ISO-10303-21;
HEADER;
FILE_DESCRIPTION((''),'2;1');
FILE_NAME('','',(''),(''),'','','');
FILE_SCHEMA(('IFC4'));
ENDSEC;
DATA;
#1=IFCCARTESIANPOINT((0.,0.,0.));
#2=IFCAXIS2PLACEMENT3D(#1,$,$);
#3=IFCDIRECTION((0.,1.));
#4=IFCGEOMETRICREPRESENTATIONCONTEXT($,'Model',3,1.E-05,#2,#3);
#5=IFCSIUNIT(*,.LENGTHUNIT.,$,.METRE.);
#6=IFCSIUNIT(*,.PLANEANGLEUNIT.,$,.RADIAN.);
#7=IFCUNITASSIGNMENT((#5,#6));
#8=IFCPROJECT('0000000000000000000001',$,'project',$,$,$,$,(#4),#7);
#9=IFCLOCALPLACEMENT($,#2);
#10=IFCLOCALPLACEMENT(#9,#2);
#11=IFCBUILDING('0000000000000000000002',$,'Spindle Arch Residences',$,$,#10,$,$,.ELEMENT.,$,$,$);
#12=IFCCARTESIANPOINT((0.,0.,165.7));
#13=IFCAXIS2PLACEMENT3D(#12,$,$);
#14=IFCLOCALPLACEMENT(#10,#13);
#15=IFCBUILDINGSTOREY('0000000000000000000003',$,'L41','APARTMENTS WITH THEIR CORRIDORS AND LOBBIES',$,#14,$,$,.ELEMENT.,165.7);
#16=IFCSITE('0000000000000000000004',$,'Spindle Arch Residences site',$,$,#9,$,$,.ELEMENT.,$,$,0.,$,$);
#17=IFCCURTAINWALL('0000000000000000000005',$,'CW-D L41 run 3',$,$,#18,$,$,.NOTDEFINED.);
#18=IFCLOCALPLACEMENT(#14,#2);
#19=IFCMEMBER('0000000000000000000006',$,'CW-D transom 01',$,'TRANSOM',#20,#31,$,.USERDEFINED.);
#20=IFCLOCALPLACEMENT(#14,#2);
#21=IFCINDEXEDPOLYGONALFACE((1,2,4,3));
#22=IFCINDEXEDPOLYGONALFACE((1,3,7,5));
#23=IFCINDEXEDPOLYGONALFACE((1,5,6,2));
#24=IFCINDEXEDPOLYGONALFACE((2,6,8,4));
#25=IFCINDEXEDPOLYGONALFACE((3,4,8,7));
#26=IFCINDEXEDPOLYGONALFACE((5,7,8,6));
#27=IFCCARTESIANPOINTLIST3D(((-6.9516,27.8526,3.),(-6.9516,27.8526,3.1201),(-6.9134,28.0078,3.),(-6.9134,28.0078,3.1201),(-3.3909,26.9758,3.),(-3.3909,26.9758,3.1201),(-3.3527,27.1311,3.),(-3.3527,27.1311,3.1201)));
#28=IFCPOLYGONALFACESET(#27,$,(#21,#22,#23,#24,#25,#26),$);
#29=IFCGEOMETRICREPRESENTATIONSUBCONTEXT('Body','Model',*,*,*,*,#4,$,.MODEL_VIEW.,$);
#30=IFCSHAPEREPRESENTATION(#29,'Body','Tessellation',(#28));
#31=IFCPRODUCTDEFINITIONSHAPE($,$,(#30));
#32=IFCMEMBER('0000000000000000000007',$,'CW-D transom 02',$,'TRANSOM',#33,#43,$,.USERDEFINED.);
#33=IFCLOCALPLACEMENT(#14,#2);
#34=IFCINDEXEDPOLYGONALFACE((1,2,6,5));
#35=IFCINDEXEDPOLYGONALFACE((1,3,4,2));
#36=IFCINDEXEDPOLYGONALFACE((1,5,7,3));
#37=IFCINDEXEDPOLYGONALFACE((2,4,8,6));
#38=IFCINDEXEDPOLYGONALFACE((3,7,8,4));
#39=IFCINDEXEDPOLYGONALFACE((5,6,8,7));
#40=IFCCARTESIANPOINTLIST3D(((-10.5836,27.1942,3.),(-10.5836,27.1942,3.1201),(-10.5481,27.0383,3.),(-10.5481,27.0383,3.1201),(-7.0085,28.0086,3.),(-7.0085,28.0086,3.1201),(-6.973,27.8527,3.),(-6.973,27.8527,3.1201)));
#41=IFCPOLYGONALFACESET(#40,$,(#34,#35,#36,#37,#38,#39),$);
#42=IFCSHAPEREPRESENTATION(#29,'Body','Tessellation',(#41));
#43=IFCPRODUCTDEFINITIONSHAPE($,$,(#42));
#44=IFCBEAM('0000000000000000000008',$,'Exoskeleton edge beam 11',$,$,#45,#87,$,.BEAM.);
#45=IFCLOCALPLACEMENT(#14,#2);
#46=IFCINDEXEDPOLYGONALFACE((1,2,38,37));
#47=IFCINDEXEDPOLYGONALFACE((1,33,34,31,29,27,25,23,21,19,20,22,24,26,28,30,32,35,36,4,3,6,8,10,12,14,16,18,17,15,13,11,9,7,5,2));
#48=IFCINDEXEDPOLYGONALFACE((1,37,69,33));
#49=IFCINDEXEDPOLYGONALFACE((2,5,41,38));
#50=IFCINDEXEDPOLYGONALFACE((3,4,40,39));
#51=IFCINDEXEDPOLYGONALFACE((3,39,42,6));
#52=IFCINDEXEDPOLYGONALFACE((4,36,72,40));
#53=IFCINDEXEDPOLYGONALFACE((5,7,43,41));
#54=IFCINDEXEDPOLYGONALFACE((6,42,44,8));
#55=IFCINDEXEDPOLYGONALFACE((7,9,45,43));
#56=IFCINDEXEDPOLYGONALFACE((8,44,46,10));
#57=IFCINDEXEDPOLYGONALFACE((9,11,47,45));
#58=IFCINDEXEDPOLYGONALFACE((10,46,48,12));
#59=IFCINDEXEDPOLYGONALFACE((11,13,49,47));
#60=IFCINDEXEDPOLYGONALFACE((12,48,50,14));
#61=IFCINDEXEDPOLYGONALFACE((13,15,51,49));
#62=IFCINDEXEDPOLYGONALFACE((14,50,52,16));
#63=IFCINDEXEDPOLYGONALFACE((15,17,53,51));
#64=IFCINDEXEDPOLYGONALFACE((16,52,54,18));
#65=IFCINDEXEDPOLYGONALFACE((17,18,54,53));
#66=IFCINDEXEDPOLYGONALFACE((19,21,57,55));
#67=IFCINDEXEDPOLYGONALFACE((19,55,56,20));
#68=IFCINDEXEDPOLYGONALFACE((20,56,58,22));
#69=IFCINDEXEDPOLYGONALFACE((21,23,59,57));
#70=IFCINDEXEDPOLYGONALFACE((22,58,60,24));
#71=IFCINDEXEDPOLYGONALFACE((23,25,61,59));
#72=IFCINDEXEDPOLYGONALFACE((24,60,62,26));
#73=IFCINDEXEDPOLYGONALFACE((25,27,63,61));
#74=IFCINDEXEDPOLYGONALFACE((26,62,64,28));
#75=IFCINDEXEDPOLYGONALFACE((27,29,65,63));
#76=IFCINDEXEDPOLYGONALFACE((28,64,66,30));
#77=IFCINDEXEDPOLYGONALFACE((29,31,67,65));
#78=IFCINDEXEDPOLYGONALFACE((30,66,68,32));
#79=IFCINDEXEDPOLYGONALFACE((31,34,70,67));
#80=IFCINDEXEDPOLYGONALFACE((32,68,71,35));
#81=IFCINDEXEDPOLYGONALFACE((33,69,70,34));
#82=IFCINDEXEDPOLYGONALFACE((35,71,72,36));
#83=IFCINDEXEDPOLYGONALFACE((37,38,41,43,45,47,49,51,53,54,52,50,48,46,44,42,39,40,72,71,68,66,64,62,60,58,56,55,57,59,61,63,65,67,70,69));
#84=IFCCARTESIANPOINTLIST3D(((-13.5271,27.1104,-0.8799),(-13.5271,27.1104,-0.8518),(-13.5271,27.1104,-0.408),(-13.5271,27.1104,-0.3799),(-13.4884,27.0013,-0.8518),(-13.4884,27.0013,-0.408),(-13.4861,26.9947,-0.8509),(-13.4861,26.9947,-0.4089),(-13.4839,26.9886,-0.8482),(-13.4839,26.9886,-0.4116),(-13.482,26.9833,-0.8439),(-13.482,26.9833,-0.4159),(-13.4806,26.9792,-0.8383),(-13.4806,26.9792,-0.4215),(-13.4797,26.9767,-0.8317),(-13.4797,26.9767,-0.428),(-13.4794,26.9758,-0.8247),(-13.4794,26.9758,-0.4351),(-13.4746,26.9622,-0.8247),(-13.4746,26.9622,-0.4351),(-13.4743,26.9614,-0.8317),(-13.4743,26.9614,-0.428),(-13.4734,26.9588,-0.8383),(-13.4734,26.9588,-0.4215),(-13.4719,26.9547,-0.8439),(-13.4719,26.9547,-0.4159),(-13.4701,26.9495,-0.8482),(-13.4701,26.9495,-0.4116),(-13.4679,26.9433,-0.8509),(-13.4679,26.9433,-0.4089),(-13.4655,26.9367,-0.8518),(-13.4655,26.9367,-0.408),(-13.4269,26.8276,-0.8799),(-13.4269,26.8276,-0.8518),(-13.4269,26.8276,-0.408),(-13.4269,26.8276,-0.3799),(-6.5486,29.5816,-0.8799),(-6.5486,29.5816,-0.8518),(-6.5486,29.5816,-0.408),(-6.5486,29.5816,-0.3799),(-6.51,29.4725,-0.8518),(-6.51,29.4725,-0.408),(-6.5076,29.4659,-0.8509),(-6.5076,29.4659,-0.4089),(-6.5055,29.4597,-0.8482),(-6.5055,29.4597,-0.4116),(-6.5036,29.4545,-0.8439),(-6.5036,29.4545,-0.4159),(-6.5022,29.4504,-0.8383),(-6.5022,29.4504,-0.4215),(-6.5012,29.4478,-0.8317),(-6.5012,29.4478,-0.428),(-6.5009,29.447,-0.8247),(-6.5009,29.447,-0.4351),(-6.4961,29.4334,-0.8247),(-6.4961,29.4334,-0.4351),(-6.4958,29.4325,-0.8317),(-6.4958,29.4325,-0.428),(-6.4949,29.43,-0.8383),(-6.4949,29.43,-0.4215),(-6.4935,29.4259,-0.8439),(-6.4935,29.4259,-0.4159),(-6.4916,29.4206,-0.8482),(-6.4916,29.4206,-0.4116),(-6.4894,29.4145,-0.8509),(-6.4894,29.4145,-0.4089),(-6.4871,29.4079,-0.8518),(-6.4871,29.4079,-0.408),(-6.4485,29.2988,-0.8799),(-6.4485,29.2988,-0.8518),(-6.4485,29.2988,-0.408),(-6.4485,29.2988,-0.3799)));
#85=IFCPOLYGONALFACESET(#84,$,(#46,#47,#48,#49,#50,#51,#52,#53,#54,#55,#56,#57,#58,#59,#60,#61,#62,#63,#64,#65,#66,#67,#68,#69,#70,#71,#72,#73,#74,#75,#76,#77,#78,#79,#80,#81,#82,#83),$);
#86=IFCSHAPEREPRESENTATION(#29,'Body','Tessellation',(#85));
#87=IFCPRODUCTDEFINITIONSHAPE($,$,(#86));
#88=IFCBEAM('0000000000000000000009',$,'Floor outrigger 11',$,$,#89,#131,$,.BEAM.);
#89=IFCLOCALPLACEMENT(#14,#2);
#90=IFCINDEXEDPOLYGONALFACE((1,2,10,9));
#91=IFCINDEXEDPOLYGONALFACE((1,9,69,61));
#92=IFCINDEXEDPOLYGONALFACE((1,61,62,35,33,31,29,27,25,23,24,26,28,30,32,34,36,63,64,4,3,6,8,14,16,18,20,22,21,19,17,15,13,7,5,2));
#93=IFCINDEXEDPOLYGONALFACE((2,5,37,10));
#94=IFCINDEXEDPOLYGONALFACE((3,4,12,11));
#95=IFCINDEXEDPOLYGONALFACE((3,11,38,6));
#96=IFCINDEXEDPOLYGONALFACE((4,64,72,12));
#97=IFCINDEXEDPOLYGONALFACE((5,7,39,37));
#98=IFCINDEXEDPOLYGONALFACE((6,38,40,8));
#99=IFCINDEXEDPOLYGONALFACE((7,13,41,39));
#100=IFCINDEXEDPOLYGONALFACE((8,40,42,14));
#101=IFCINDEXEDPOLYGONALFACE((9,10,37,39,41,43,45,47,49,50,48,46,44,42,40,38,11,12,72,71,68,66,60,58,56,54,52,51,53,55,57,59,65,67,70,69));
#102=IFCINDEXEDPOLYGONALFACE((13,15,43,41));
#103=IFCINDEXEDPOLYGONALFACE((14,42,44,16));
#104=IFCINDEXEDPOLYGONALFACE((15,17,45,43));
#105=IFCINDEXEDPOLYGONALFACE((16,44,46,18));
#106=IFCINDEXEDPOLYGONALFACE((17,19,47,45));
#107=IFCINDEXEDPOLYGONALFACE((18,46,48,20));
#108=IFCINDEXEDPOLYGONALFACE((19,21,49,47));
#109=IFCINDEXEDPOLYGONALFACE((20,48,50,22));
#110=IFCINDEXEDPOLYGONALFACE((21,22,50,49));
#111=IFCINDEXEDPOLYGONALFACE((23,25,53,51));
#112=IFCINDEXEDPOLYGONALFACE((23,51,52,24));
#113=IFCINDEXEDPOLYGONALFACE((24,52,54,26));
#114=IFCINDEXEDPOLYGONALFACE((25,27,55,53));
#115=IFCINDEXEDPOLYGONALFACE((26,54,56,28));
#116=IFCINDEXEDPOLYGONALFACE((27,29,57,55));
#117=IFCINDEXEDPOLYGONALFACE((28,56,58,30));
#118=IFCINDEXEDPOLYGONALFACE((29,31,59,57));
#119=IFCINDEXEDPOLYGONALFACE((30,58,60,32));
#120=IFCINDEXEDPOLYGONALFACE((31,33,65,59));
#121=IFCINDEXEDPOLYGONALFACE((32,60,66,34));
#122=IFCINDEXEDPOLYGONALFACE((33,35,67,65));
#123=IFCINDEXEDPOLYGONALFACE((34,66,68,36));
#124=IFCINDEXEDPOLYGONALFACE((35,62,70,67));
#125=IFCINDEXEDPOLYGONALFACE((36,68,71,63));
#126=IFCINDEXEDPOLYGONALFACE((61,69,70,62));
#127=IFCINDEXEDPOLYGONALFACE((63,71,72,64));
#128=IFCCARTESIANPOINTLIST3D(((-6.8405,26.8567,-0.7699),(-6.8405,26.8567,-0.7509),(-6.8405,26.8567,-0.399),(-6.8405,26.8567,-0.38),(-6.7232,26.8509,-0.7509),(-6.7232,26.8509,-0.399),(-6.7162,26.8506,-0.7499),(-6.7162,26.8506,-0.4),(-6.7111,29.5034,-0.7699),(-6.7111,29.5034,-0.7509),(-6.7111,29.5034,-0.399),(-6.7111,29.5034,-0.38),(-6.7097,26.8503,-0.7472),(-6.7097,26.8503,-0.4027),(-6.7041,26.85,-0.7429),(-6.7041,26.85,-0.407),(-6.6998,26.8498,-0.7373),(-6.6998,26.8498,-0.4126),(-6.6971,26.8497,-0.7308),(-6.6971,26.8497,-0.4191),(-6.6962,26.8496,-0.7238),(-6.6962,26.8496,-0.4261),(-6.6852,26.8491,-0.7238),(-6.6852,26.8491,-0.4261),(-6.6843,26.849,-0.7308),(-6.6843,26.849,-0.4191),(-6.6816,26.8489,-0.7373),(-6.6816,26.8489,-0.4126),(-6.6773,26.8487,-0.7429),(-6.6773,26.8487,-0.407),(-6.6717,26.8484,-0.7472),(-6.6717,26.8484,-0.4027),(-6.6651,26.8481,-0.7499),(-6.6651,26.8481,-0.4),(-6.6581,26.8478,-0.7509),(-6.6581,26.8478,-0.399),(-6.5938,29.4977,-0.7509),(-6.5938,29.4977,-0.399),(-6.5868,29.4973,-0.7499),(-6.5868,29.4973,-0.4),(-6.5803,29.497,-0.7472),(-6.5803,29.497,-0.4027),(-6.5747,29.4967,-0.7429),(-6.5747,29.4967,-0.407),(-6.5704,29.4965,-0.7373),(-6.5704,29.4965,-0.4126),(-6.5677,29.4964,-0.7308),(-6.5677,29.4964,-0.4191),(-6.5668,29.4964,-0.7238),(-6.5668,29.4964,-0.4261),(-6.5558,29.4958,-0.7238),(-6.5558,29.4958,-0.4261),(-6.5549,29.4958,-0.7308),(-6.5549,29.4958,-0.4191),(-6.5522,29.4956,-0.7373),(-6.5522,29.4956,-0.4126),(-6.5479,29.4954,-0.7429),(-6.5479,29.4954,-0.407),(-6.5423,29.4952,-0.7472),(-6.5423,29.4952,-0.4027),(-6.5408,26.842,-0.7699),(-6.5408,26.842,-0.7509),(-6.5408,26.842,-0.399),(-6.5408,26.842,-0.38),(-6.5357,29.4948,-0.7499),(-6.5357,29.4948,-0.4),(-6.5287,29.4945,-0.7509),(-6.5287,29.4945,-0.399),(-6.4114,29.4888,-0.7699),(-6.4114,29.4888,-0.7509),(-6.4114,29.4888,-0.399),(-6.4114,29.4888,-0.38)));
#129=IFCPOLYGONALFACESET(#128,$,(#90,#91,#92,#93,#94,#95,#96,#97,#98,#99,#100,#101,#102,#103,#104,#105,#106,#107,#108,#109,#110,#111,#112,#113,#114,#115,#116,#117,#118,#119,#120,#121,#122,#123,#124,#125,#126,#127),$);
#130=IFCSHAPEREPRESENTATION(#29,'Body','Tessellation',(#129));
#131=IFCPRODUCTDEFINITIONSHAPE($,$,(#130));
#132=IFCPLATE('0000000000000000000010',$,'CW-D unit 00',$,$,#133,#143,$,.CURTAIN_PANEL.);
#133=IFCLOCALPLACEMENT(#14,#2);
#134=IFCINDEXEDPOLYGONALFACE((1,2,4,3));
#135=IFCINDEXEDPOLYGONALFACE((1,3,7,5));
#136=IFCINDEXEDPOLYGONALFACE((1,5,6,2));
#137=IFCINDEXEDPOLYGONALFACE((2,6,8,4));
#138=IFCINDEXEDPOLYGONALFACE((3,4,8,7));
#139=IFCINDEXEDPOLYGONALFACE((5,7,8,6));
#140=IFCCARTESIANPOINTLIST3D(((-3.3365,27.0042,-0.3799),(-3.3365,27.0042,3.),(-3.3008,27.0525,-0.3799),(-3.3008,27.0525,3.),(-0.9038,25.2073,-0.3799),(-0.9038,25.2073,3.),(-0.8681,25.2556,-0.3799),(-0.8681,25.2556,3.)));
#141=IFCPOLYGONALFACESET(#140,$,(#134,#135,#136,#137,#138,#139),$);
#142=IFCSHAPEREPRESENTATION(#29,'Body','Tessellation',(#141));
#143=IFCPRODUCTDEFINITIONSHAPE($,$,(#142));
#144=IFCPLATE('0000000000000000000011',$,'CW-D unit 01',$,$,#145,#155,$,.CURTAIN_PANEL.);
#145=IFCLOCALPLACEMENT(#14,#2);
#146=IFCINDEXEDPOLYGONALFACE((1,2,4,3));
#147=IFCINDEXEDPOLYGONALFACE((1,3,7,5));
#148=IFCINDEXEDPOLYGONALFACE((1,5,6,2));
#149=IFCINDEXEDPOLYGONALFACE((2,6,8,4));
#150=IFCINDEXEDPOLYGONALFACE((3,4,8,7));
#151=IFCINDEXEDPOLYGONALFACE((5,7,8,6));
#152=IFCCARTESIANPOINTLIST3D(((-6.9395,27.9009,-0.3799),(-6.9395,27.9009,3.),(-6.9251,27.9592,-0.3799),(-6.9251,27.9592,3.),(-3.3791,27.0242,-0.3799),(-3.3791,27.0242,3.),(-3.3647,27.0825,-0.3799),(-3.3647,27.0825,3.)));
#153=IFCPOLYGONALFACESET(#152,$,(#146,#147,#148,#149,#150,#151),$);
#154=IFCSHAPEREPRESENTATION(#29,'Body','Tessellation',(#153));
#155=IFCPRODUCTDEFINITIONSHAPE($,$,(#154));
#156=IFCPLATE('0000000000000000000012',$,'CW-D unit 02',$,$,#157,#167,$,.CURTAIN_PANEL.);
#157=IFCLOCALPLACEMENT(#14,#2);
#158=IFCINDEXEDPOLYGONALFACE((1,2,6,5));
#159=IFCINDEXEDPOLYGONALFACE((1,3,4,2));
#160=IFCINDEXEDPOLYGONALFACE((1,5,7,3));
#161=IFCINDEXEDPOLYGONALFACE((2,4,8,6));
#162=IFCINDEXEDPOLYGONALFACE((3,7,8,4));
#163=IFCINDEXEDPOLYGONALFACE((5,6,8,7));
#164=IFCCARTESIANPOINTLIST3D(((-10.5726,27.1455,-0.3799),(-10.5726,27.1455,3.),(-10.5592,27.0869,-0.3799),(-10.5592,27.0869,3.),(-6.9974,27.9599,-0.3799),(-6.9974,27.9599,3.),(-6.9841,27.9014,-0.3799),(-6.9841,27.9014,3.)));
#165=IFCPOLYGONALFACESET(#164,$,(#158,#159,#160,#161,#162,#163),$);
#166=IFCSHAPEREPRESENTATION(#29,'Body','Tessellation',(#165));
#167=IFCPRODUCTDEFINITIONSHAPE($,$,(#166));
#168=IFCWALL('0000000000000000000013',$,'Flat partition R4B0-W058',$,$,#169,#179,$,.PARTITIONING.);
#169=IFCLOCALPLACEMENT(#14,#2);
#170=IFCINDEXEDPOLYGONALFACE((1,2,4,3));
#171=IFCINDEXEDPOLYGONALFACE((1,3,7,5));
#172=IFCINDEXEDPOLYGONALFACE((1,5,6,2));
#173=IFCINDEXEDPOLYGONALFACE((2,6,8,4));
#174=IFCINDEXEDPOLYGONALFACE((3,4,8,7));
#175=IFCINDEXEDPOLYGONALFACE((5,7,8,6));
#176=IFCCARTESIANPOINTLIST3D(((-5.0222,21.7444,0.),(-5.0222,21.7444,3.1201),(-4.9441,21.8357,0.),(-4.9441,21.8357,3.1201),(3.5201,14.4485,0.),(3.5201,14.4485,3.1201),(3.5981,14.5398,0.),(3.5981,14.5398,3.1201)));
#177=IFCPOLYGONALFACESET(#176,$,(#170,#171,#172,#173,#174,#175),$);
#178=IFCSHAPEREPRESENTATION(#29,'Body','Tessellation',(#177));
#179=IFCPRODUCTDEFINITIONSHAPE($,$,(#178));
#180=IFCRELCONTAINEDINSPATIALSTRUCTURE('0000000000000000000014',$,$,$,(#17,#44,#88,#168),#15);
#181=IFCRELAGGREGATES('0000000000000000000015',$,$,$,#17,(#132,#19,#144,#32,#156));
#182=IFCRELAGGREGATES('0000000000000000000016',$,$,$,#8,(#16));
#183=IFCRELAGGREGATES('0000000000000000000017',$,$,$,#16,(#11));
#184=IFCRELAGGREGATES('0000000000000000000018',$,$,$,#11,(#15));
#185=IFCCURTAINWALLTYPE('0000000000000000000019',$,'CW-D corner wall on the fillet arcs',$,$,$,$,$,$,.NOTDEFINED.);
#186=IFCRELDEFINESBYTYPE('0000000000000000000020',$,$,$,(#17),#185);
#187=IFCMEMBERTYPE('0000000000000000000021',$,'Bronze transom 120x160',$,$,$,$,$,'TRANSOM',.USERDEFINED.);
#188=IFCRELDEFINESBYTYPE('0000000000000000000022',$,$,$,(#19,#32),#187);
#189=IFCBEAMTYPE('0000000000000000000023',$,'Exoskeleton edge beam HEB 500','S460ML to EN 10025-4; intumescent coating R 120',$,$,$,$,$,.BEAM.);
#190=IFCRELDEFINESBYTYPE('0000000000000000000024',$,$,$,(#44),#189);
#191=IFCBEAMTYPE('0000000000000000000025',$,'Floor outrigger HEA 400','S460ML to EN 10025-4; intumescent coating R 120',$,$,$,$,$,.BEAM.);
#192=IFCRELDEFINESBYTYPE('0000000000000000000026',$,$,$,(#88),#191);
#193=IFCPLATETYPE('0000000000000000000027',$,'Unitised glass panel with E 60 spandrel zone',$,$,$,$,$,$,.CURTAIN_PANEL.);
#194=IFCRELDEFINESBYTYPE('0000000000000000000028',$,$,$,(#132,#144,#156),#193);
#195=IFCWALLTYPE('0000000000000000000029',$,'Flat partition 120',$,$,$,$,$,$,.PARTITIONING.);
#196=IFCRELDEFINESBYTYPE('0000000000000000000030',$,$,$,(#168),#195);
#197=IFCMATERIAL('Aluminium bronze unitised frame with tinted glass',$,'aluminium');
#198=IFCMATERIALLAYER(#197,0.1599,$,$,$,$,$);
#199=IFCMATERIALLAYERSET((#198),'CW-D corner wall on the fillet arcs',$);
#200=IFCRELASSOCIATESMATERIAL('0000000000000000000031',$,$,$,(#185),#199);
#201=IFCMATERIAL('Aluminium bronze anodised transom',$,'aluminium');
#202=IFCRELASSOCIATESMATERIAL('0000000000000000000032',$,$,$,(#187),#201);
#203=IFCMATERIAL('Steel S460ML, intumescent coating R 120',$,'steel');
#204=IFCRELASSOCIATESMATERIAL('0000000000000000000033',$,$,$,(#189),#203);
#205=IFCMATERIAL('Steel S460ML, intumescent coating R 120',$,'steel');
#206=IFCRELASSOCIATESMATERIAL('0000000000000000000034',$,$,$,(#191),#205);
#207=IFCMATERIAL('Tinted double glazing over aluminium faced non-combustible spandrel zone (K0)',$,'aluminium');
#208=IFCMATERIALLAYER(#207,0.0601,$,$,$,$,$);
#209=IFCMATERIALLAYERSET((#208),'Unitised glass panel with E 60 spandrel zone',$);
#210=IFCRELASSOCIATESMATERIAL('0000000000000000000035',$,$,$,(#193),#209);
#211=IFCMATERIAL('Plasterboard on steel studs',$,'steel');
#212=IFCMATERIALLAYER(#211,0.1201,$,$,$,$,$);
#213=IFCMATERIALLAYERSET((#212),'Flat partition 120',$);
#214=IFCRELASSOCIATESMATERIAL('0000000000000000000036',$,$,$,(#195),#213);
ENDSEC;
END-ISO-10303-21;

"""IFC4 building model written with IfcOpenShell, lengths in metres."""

from ifc_helpers import new_model, si_unit, direction, frame, frame_2d, origin, origin_2d, place, context, subcontext, project, spatial, rectangle, i_section, extrude, material, layer, layer_set, material_profile, profile_set, type_object, element, aggregate, save


model = new_model("IFC4")

# Units and contexts
model_context = context("Model", 3, precision=1e-05, world=origin(), true_north=direction((0.0, 1.0)))
body_context = subcontext(model_context, "Body", "Model", "MODEL_VIEW")
ifc_project = project(units=[si_unit("LENGTHUNIT", "METRE"), si_unit("PLANEANGLEUNIT", "RADIAN")], contexts=[model_context])

# Site, building, storey
site_placement = place(None, origin())
site = spatial("IfcSite", under=ifc_project, at=site_placement, Name="Spindle Arch Residences site", CompositionType="ELEMENT", RefElevation=0.0)
building_placement = place(site_placement, origin())
building = spatial("IfcBuilding", under=site, at=building_placement, Name="Spindle Arch Residences", CompositionType="ELEMENT")
storey_placement = place(building_placement, frame((0.0, 0.0, 165.7)))
storey = spatial("IfcBuildingStorey", under=building, at=storey_placement, Name="L41", Description="APARTMENTS WITH THEIR CORRIDORS AND LOBBIES", CompositionType="ELEMENT", Elevation=165.7)

# Curtain wall, members
ifc_material_1 = material(Name="Aluminium bronze unitised frame with tinted glass", Category="aluminium")
ifc_layer_1 = layer(ifc_material_1, 0.1599)
ifc_layer_set_1 = layer_set([ifc_layer_1], Name="CW-D corner wall on the fillet arcs")
curtain_wall_type = type_object("IfcCurtainWallType", Name="CW-D corner wall on the fillet arcs", PredefinedType="NOTDEFINED", material=ifc_layer_set_1)
curtain_wall_placement = place(storey_placement, origin())
curtain_wall = element("IfcCurtainWall", 1, at=curtain_wall_placement, inside=storey, type_object=curtain_wall_type, Name="CW-D L41 run 3", PredefinedType="NOTDEFINED")
ifc_material_2 = material(Name="Aluminium bronze anodised transom", Category="aluminium")
ifc_material_profile_1 = material_profile(ifc_material_2, rectangle(XDim=0.1599, YDim=0.1201, at=origin_2d()), Name="TR 120x160")
ifc_profile_set_1 = profile_set([ifc_material_profile_1], Name="Aluminium bronze anodised transom")
member_type_1 = type_object("IfcMemberType", Name="Bronze transom 120x160", ElementType="TRANSOM", PredefinedType="USERDEFINED", material=ifc_profile_set_1)
member_1_placement = place(storey_placement, frame((-3.3718, 27.0535, 3.0601), z_axis=(-0.970998, 0.239088, 0.0), x_axis=(-0.239088, -0.970998, 0.0)))
member_1 = element("IfcMember", 2, at=member_1_placement, type_object=member_type_1, Name="CW-D transom 01", ObjectType="TRANSOM", PredefinedType="USERDEFINED", context=body_context, shape_type="SweptSolid", body=[
    extrude(rectangle(XDim=0.1599, YDim=0.1201, at=origin_2d()), origin(), (0.0, 0.0, 1.0), 3.667),
])
member_2_placement = place(storey_placement, frame((-6.9907, 27.9307, 3.0601), z_axis=(-0.97502, -0.222116, 0.0), x_axis=(0.222116, -0.97502, 0.0)))
member_2 = element("IfcMember", 3, at=member_2_placement, type_object=member_type_1, Name="CW-D transom 02", ObjectType="TRANSOM", PredefinedType="USERDEFINED", context=body_context, shape_type="SweptSolid", body=[
    extrude(rectangle(XDim=0.1599, YDim=0.1201, at=origin_2d()), origin(), (0.0, 0.0, 1.0), 3.6667),
])

# Beams
ifc_material_3 = material(Name="Steel S460ML, intumescent coating R 120", Category="steel")
ifc_material_profile_2 = material_profile(ifc_material_3, i_section(OverallWidth=0.3, OverallDepth=0.5, WebThickness=0.0144, FlangeThickness=0.0281, FilletRadius=0.0271, at=origin_2d()), Name="HEB 500")
ifc_profile_set_2 = profile_set([ifc_material_profile_2], Name="Steel S460ML, intumescent coating R 120")
beam_type_1 = type_object("IfcBeamType", Name="Exoskeleton edge beam HEB 500", Description="S460ML to EN 10025-4; intumescent coating R 120", PredefinedType="BEAM", material=ifc_profile_set_2)
beam_1_placement = place(storey_placement, frame((-6.4985, 29.4402, -0.6299), z_axis=(-0.942643, -0.333803, 0.0), x_axis=(0.333803, -0.942643, 0.0)))
element("IfcBeam", 4, at=beam_1_placement, inside=storey, type_object=beam_type_1, Name="Exoskeleton edge beam 11", PredefinedType="BEAM", context=body_context, shape_type="SweptSolid", body=[
    extrude(i_section(OverallWidth=0.3, OverallDepth=0.5, WebThickness=0.0144, FlangeThickness=0.0281, FilletRadius=0.0271, at=origin_2d()), origin(), (0.0, 0.0, 1.0), 7.4031),
])
ifc_material_4 = material(Name="Steel S460ML, intumescent coating R 120", Category="steel")
ifc_material_profile_3 = material_profile(ifc_material_4, i_section(OverallWidth=0.3, OverallDepth=0.3899, WebThickness=0.011, FlangeThickness=0.019, FilletRadius=0.0271, at=origin_2d()), Name="HEA 400")
ifc_profile_set_3 = profile_set([ifc_material_profile_3], Name="Steel S460ML, intumescent coating R 120")
beam_type_2 = type_object("IfcBeamType", Name="Floor outrigger HEA 400", Description="S460ML to EN 10025-4; intumescent coating R 120", PredefinedType="BEAM", material=ifc_profile_set_3)
beam_2_placement = place(storey_placement, frame((-6.5613, 29.4961, -0.575), z_axis=(-0.04883, -0.998807, 0.0), x_axis=(0.998807, -0.04883, 0.0)))
element("IfcBeam", 5, at=beam_2_placement, inside=storey, type_object=beam_type_2, Name="Floor outrigger 11", PredefinedType="BEAM", context=body_context, shape_type="SweptSolid", body=[
    extrude(i_section(OverallWidth=0.3, OverallDepth=0.3899, WebThickness=0.011, FlangeThickness=0.019, FilletRadius=0.0271, at=origin_2d()), origin(), (0.0, 0.0, 1.0), 2.6499),
])

# Plates
ifc_material_5 = material(Name="Tinted double glazing over aluminium faced non-combustible spandrel zone (K0)", Category="aluminium")
ifc_layer_2 = layer(ifc_material_5, 0.0601)
ifc_layer_set_2 = layer_set([ifc_layer_2], Name="Unitised glass panel with E 60 spandrel zone")
plate_type = type_object("IfcPlateType", Name="Unitised glass panel with E 60 spandrel zone", PredefinedType="CURTAIN_PANEL", material=ifc_layer_set_2)
plate_1_placement = place(storey_placement, frame((-2.1023, 26.1299, -0.3799), z_axis=(0.0, 0.0, 1.0), x_axis=(-0.804366, 0.594134, 0.0)))
plate_1 = element("IfcPlate", 6, at=plate_1_placement, type_object=plate_type, Name="CW-D unit 00", PredefinedType="CURTAIN_PANEL", context=body_context, shape_type="SweptSolid", body=[
    extrude(rectangle(XDim=3.0244, YDim=0.0601, at=origin_2d()), origin(), (0.0, 0.0, 1.0), 3.3799),
])
plate_2_placement = place(storey_placement, frame((-5.1521, 27.4917, -0.3799), z_axis=(0.0, 0.0, 1.0), x_axis=(-0.970995, 0.239098, 0.0)))
plate_2 = element("IfcPlate", 7, at=plate_2_placement, type_object=plate_type, Name="CW-D unit 01", PredefinedType="CURTAIN_PANEL", context=body_context, shape_type="SweptSolid", body=[
    extrude(rectangle(XDim=3.6667, YDim=0.0601, at=origin_2d()), origin(), (0.0, 0.0, 1.0), 3.3799),
])
plate_3_placement = place(storey_placement, frame((-8.7783, 27.5234, -0.3799), z_axis=(0.0, 0.0, 1.0), x_axis=(-0.97502, -0.222116, 0.0)))
plate_3 = element("IfcPlate", 8, at=plate_3_placement, type_object=plate_type, Name="CW-D unit 02", PredefinedType="CURTAIN_PANEL", context=body_context, shape_type="SweptSolid", body=[
    extrude(rectangle(XDim=3.6667, YDim=0.0601, at=origin_2d()), origin(), (0.0, 0.0, 1.0), 3.3799),
])
aggregate(curtain_wall, [plate_1, member_1, plate_2, member_2, plate_3])

# Wall
ifc_material_6 = material(Name="Plasterboard on steel studs", Category="steel")
ifc_layer_3 = layer(ifc_material_6, 0.1201)
ifc_layer_set_3 = layer_set([ifc_layer_3], Name="Flat partition 120")
wall_type_1 = type_object("IfcWallType", Name="Flat partition 120", PredefinedType="PARTITIONING", material=ifc_layer_set_3)
wall_1_placement = place(storey_placement, frame((-4.9832, 21.79, 0.0), z_axis=(0.0, 0.0, 1.0), x_axis=(0.7604, -0.649455, 0.0)))
element("IfcWall", 9, at=wall_1_placement, inside=storey, type_object=wall_type_1, Name="Flat partition R4B0-W058", PredefinedType="PARTITIONING", context=body_context, shape_type="SweptSolid", body=[
    extrude(rectangle(XDim=11.2339, YDim=0.1201, at=frame_2d((5.6169, 0.0))), origin(), (0.0, 0.0, 1.0), 3.1201),
])

save(model, "model.ifc")
